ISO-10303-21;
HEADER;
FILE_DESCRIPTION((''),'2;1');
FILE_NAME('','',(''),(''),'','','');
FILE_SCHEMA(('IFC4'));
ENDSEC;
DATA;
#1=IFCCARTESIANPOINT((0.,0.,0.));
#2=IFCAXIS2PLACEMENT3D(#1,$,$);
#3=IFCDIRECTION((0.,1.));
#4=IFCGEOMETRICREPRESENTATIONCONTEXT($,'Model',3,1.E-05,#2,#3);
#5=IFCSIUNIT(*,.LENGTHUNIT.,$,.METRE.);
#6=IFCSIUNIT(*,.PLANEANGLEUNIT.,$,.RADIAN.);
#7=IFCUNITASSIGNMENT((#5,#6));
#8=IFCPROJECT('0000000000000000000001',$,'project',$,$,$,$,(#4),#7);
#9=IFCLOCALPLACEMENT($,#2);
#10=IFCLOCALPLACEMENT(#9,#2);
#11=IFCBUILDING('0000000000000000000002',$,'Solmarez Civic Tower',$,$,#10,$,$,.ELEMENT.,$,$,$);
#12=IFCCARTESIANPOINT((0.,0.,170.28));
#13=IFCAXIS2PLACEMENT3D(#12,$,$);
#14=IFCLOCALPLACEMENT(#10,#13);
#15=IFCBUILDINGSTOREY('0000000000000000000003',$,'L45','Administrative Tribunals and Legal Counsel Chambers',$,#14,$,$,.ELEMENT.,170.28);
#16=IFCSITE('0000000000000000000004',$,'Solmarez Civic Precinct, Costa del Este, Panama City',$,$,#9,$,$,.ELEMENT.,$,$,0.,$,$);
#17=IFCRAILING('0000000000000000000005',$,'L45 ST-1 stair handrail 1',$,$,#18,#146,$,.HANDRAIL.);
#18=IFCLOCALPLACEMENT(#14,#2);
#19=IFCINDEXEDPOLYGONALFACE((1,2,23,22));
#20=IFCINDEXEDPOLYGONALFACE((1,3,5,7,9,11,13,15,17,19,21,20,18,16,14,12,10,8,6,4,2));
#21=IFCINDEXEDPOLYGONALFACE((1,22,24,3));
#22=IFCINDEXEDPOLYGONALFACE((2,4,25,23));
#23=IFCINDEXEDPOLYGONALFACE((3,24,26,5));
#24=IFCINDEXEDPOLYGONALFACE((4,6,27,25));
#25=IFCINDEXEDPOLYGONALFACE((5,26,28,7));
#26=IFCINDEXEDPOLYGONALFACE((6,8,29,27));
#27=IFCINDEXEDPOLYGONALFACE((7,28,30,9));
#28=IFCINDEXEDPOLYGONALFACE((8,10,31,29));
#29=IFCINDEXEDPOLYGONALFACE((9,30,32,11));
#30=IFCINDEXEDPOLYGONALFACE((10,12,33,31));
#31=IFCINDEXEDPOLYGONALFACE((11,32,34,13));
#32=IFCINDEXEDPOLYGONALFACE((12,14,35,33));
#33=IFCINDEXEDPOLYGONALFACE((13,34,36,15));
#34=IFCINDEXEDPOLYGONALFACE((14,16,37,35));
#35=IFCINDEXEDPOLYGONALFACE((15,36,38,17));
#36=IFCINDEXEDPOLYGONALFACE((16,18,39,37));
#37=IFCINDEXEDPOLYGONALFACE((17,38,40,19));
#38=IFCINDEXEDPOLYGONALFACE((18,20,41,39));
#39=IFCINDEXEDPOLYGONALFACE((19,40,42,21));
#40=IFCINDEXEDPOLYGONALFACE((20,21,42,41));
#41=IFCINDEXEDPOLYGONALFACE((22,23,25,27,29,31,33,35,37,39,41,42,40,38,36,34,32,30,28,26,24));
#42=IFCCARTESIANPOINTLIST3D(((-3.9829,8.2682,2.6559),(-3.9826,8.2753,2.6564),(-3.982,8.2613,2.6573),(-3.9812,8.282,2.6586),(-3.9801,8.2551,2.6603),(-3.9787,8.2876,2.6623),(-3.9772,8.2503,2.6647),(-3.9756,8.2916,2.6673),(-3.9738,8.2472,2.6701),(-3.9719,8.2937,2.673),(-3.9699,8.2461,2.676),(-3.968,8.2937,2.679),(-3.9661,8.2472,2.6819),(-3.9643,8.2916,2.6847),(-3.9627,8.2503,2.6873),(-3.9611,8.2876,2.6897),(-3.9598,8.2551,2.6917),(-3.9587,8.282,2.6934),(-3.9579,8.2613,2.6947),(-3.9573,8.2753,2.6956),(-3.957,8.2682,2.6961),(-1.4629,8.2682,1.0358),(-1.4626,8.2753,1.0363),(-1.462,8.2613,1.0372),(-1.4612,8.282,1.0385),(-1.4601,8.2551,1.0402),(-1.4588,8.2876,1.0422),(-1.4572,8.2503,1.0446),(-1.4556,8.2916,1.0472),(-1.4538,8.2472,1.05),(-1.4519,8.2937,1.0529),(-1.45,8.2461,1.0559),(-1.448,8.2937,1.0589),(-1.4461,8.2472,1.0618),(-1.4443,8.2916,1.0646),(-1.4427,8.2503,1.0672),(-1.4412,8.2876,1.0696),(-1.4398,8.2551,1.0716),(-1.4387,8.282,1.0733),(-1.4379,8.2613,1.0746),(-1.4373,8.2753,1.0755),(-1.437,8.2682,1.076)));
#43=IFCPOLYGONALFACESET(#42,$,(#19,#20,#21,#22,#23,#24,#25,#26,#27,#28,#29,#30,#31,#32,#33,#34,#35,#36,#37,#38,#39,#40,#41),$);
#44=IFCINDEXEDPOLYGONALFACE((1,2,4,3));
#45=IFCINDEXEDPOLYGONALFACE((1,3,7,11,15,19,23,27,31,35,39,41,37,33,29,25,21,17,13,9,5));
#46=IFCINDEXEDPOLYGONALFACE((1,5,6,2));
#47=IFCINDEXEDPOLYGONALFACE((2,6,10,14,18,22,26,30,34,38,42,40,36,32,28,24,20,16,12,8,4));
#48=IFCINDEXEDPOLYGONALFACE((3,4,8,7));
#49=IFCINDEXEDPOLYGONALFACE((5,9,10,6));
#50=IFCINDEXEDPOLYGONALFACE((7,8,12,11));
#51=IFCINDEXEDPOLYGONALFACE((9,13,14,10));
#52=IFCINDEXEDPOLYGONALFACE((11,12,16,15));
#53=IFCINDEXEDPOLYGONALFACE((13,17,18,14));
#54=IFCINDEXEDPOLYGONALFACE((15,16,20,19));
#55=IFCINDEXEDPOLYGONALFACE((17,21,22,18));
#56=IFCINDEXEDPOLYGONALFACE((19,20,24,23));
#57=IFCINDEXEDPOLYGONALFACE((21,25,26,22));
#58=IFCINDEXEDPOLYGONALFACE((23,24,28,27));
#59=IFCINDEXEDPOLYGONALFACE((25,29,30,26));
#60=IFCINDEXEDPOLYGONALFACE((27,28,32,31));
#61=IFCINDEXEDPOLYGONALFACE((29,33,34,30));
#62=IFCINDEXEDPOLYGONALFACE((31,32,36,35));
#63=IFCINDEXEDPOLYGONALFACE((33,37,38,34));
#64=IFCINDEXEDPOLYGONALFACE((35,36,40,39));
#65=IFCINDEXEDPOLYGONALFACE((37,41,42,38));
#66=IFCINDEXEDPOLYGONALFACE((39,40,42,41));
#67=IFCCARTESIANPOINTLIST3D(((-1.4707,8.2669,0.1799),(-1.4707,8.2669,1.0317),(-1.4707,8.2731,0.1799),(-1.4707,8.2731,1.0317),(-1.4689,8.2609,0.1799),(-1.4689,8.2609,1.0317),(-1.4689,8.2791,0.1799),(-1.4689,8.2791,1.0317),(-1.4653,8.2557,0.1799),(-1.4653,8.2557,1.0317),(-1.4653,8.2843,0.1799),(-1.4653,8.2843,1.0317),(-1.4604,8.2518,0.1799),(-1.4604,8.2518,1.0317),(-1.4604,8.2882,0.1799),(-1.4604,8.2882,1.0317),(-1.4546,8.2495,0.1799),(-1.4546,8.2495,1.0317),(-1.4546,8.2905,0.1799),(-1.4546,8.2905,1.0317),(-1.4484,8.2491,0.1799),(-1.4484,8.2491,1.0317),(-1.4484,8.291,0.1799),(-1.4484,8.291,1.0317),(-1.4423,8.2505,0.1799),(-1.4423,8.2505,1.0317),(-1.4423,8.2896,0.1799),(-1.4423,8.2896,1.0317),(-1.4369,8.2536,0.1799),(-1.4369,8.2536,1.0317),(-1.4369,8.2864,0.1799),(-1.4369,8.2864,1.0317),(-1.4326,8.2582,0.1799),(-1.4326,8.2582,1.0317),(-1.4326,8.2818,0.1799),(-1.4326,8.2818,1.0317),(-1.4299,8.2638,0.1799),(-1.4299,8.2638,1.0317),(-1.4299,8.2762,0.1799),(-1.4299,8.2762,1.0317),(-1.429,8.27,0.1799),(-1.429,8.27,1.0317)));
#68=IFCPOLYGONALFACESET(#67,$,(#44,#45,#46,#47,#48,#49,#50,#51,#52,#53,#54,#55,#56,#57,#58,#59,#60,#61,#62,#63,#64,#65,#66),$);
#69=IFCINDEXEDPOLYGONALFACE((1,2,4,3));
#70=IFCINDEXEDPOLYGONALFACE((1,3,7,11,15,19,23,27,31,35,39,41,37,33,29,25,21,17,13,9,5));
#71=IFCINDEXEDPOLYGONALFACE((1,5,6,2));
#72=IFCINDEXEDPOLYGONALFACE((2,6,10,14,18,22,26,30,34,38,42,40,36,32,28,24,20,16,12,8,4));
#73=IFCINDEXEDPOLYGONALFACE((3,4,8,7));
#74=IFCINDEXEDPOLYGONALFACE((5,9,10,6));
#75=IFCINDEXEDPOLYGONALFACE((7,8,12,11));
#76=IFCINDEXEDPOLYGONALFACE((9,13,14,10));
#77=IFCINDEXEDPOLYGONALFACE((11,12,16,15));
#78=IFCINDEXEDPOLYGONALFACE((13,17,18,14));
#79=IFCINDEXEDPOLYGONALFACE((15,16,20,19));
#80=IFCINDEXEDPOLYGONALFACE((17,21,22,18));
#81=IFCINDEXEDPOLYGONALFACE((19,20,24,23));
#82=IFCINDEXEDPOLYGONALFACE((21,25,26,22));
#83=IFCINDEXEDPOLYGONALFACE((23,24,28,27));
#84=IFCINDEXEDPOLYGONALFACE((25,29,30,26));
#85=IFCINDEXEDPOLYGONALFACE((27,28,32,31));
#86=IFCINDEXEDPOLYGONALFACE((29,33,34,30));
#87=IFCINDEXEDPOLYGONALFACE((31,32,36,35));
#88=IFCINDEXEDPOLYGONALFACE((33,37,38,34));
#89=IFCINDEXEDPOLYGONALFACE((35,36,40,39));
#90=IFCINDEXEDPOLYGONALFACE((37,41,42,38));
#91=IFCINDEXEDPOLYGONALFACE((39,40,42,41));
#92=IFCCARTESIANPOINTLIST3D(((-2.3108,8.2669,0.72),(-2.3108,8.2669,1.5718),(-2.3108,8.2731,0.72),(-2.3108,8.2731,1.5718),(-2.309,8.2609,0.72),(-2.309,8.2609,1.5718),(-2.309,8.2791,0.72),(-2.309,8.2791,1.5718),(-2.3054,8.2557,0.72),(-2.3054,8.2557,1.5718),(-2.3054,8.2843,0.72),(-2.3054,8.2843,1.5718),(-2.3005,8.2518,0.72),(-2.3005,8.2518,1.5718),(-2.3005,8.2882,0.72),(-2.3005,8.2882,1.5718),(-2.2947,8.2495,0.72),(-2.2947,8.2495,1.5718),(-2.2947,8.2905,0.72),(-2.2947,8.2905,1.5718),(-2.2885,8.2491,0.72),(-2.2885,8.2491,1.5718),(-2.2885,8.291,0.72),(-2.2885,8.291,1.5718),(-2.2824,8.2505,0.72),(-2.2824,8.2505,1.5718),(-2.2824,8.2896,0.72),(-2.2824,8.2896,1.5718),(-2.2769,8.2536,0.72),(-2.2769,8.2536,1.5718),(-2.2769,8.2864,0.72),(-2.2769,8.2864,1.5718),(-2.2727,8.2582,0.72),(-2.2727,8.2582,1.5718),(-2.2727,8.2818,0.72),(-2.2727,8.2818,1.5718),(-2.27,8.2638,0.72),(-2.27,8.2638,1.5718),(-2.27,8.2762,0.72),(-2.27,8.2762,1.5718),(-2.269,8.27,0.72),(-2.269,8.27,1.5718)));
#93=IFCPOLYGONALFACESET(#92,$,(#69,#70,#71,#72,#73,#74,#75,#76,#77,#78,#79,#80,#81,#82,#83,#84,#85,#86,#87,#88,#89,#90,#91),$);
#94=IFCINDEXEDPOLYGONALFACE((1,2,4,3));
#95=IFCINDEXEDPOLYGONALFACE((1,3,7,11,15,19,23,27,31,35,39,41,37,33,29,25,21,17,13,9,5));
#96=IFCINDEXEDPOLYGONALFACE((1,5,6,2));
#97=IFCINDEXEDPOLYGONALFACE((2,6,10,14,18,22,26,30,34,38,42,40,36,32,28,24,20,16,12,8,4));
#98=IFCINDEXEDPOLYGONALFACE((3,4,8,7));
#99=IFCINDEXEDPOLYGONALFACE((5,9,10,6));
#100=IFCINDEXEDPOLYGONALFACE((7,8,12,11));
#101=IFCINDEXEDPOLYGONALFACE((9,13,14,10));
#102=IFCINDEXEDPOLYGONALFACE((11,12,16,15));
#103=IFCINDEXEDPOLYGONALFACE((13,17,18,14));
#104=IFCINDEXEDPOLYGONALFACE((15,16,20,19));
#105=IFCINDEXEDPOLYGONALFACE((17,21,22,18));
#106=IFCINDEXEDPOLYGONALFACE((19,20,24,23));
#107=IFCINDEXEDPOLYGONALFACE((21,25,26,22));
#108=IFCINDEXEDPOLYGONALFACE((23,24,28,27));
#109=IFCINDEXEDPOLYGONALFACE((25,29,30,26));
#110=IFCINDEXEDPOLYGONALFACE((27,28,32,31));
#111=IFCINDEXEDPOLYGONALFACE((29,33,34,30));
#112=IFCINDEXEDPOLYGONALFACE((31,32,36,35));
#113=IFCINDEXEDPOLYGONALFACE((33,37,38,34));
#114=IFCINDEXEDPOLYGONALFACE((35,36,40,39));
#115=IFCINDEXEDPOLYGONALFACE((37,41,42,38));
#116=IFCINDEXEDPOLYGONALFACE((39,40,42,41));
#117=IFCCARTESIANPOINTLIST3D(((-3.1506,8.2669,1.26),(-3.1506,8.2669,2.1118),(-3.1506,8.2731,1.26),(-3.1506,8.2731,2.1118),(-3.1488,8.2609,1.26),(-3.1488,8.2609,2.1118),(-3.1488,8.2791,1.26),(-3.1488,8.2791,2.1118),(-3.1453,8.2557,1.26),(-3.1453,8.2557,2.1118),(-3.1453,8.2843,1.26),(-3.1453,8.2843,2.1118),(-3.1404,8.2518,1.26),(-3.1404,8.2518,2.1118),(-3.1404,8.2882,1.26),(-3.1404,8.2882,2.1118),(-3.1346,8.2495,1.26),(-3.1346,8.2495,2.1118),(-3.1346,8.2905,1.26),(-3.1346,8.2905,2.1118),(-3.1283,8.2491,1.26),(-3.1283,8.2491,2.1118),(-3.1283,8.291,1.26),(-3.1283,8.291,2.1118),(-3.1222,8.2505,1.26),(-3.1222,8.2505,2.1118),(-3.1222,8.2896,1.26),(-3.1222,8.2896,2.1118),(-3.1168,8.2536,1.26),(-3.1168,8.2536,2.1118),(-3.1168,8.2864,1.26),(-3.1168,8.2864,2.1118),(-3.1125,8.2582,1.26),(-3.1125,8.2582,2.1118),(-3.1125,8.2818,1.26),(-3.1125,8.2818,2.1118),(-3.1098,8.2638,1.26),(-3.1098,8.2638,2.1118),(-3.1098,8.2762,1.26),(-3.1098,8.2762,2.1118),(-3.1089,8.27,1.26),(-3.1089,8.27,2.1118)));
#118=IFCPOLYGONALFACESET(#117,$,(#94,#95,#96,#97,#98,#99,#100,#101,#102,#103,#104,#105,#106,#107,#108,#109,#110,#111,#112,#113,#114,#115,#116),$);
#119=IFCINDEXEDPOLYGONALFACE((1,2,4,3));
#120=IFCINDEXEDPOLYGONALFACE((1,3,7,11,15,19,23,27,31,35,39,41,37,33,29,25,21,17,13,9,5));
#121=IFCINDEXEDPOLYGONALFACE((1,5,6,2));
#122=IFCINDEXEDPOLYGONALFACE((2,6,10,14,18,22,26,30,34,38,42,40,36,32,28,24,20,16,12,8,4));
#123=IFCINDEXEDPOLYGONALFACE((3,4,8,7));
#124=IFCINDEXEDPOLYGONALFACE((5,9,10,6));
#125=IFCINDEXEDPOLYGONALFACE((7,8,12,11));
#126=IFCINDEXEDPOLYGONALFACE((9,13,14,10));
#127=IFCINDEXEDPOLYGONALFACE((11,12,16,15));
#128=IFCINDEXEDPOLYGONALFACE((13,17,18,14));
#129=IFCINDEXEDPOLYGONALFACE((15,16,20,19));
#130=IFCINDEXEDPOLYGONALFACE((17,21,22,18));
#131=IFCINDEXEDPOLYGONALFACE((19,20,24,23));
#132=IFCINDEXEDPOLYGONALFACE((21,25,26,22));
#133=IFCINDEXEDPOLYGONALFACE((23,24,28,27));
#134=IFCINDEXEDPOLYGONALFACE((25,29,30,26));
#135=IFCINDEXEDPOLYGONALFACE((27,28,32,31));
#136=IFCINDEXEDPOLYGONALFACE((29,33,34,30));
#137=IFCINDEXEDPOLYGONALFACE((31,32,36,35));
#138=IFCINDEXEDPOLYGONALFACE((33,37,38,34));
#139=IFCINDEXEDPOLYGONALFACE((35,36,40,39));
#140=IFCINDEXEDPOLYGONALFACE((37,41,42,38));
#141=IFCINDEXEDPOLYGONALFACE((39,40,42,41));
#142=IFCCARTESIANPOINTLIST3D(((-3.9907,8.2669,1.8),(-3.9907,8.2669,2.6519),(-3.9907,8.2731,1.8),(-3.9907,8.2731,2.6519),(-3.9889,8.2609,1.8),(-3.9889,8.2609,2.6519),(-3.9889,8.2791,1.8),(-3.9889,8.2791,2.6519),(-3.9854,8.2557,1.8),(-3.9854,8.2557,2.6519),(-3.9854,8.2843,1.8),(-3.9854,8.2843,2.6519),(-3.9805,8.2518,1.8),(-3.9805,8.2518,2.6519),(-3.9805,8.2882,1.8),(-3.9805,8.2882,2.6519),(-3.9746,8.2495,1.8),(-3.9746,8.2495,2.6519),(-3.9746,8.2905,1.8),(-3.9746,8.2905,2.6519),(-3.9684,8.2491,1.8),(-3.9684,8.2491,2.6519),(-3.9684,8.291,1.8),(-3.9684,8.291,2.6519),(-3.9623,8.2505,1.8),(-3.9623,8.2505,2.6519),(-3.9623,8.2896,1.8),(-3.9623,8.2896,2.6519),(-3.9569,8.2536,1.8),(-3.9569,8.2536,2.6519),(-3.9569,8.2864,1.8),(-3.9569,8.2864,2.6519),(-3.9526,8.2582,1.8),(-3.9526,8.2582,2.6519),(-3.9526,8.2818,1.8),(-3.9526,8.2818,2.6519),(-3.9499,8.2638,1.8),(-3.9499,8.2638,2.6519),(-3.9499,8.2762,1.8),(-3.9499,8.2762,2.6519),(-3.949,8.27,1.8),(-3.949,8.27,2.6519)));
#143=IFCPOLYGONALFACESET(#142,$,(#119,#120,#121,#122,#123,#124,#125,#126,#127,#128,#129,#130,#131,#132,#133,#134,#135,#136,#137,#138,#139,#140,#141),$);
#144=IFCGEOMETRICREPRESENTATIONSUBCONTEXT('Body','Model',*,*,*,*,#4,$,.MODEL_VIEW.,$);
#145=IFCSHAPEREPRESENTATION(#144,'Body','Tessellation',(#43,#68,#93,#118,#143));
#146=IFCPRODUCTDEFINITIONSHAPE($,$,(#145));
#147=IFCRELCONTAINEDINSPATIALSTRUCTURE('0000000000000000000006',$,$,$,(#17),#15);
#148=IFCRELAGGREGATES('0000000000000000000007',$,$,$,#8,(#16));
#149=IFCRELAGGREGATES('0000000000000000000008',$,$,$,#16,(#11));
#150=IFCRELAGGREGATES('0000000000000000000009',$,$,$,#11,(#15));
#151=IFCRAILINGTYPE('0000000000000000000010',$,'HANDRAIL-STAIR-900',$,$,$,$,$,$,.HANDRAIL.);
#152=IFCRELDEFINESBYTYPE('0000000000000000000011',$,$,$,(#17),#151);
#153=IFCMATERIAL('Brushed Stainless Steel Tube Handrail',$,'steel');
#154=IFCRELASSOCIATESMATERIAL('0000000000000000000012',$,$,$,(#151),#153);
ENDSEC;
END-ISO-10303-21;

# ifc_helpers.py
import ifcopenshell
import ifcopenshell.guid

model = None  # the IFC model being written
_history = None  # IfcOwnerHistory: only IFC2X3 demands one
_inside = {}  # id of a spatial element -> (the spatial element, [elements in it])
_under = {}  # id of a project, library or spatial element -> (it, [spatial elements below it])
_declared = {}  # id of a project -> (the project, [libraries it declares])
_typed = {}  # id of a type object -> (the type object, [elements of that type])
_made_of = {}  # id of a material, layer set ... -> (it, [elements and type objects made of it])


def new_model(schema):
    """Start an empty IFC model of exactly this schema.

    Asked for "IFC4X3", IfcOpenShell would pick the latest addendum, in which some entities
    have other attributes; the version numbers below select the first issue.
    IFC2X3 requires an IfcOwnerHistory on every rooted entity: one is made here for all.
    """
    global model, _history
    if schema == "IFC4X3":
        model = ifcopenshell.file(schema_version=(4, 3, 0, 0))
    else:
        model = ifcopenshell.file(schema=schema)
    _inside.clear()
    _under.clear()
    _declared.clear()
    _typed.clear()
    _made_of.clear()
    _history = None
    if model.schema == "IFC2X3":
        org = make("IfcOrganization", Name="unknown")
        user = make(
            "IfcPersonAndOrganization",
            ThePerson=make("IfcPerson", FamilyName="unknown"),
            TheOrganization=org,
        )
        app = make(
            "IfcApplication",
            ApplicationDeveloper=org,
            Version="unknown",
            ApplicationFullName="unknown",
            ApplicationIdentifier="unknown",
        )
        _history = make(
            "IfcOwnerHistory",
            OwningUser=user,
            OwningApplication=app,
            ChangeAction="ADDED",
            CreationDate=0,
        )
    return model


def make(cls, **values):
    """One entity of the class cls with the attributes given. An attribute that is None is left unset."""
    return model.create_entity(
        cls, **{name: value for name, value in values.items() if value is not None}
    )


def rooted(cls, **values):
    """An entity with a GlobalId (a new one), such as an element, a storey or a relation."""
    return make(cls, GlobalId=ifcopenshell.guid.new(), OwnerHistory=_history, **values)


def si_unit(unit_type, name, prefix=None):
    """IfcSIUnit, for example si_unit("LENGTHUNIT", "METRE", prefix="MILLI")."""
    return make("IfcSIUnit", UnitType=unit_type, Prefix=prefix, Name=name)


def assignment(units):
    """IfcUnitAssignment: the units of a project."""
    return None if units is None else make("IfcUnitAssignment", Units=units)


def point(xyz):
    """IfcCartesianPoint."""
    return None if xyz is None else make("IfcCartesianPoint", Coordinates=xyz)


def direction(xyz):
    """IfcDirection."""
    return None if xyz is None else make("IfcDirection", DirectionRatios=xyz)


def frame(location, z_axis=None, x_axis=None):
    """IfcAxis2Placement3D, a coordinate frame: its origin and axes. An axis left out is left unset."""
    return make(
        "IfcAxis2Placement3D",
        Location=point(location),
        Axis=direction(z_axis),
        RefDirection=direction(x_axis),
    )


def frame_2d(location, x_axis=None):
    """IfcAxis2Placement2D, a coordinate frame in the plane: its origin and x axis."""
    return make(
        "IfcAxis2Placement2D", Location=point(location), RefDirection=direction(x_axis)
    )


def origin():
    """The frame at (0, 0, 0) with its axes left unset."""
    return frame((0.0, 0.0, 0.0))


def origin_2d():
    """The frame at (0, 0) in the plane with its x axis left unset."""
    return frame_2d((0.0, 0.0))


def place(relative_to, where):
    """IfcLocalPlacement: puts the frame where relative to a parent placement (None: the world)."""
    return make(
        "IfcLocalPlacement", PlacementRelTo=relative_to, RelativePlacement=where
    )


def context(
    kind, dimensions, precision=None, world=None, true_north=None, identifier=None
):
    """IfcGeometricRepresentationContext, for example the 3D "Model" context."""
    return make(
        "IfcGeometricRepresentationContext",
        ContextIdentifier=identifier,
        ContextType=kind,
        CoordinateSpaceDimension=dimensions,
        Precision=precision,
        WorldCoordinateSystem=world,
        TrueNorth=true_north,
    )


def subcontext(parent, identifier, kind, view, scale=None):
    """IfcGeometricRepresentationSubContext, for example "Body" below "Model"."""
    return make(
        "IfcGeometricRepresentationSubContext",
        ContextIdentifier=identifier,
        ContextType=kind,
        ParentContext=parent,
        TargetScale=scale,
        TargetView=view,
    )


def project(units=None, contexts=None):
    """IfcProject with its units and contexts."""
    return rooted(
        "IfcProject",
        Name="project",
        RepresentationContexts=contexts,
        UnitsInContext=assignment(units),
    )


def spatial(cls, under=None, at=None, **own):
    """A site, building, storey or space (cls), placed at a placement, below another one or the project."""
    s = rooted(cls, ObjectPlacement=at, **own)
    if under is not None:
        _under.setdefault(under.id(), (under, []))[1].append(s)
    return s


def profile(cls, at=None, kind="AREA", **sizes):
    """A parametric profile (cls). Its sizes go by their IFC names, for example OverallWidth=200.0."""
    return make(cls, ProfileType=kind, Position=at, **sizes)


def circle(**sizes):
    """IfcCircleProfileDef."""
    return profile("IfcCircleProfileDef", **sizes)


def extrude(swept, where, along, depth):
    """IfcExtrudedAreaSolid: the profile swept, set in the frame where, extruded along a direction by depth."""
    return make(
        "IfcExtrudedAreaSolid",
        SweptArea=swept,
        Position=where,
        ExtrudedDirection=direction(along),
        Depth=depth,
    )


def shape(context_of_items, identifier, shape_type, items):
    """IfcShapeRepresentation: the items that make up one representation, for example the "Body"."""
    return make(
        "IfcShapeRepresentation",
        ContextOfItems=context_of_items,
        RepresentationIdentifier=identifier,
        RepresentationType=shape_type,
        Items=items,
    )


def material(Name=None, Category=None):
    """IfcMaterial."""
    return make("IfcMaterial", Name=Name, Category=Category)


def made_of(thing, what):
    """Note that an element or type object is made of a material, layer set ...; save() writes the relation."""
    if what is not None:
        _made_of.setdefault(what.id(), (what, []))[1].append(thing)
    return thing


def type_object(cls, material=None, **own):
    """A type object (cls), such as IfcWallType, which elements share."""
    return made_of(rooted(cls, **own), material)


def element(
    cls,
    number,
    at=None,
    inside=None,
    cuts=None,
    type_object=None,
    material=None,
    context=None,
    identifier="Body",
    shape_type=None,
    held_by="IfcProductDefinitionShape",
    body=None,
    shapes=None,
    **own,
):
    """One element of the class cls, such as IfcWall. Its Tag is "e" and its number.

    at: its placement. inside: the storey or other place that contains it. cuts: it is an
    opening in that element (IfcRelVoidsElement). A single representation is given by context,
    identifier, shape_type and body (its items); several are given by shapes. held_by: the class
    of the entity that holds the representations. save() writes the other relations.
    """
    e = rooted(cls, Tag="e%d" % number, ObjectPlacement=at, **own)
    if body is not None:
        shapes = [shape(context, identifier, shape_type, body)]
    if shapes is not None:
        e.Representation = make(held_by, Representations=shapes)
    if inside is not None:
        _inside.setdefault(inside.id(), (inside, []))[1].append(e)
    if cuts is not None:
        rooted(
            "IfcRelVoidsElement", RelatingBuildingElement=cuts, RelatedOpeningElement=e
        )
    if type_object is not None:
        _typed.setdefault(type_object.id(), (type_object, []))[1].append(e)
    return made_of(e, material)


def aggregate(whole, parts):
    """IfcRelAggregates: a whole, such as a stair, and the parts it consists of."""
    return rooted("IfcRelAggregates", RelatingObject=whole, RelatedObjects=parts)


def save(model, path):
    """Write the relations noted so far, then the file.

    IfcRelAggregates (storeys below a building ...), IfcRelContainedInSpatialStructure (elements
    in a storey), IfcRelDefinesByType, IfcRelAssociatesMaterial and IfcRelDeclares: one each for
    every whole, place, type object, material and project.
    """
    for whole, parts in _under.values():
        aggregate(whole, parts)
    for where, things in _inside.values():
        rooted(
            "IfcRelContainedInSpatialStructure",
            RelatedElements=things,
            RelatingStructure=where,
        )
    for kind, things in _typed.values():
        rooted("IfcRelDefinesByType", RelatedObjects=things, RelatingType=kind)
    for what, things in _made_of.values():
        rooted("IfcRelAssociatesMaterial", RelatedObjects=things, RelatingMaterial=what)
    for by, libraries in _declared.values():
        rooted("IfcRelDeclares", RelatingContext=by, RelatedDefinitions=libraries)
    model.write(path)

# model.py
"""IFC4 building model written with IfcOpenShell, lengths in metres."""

from ifc_helpers import new_model, si_unit, direction, frame, origin, origin_2d, place, context, subcontext, project, spatial, circle, extrude, material, type_object, element, save


model = new_model("IFC4")

# Units and contexts
model_context = context("Model", 3, precision=1e-05, world=origin(), true_north=direction((0.0, 1.0)))
body_context = subcontext(model_context, "Body", "Model", "MODEL_VIEW")
ifc_project = project(units=[si_unit("LENGTHUNIT", "METRE"), si_unit("PLANEANGLEUNIT", "RADIAN")], contexts=[model_context])

# Site, building, storey
site_placement = place(None, origin())
site = spatial("IfcSite", under=ifc_project, at=site_placement, Name="Solmarez Civic Precinct, Costa del Este, Panama City", CompositionType="ELEMENT", RefElevation=0.0)
building_placement = place(site_placement, origin())
building = spatial("IfcBuilding", under=site, at=building_placement, Name="Solmarez Civic Tower", CompositionType="ELEMENT")
storey_placement = place(building_placement, frame((0.0, 0.0, 170.28)))
storey = spatial("IfcBuildingStorey", under=building, at=storey_placement, Name="L45", Description="Administrative Tribunals and Legal Counsel Chambers", CompositionType="ELEMENT", Elevation=170.28)

# Railing
ifc_material_1 = material(Name="Brushed Stainless Steel Tube Handrail", Category="steel")
railing_type_1 = type_object("IfcRailingType", Name="HANDRAIL-STAIR-900", PredefinedType="HANDRAIL", material=ifc_material_1)
railing_1_placement = place(storey_placement, frame((-1.45, 8.27, 0.1799)))
element("IfcRailing", 1, at=railing_1_placement, inside=storey, type_object=railing_type_1, Name="L45 ST-1 stair handrail 1", PredefinedType="HANDRAIL", context=body_context, shape_type="SweptSolid", body=[
    extrude(circle(Radius=0.0239, at=origin_2d()), frame((0.0, 0.0, 0.876), z_axis=(-0.841163, 0.0, 0.540782), x_axis=(0.0, -1.0, 0.0)), (0.0, 0.0, 1.0), 2.9958),
    extrude(circle(Radius=0.021, at=origin_2d()), origin(), (0.0, 0.0, 1.0), 0.8518),
    extrude(circle(Radius=0.021, at=origin_2d()), frame((-0.8401, 0.0, 0.54)), (0.0, 0.0, 1.0), 0.8518),
    extrude(circle(Radius=0.021, at=origin_2d()), frame((-1.6799, 0.0, 1.0801)), (0.0, 0.0, 1.0), 0.8518),
    extrude(circle(Radius=0.021, at=origin_2d()), frame((-2.52, 0.0, 1.6201)), (0.0, 0.0, 1.0), 0.8518),
])

save(model, "model.ifc")
